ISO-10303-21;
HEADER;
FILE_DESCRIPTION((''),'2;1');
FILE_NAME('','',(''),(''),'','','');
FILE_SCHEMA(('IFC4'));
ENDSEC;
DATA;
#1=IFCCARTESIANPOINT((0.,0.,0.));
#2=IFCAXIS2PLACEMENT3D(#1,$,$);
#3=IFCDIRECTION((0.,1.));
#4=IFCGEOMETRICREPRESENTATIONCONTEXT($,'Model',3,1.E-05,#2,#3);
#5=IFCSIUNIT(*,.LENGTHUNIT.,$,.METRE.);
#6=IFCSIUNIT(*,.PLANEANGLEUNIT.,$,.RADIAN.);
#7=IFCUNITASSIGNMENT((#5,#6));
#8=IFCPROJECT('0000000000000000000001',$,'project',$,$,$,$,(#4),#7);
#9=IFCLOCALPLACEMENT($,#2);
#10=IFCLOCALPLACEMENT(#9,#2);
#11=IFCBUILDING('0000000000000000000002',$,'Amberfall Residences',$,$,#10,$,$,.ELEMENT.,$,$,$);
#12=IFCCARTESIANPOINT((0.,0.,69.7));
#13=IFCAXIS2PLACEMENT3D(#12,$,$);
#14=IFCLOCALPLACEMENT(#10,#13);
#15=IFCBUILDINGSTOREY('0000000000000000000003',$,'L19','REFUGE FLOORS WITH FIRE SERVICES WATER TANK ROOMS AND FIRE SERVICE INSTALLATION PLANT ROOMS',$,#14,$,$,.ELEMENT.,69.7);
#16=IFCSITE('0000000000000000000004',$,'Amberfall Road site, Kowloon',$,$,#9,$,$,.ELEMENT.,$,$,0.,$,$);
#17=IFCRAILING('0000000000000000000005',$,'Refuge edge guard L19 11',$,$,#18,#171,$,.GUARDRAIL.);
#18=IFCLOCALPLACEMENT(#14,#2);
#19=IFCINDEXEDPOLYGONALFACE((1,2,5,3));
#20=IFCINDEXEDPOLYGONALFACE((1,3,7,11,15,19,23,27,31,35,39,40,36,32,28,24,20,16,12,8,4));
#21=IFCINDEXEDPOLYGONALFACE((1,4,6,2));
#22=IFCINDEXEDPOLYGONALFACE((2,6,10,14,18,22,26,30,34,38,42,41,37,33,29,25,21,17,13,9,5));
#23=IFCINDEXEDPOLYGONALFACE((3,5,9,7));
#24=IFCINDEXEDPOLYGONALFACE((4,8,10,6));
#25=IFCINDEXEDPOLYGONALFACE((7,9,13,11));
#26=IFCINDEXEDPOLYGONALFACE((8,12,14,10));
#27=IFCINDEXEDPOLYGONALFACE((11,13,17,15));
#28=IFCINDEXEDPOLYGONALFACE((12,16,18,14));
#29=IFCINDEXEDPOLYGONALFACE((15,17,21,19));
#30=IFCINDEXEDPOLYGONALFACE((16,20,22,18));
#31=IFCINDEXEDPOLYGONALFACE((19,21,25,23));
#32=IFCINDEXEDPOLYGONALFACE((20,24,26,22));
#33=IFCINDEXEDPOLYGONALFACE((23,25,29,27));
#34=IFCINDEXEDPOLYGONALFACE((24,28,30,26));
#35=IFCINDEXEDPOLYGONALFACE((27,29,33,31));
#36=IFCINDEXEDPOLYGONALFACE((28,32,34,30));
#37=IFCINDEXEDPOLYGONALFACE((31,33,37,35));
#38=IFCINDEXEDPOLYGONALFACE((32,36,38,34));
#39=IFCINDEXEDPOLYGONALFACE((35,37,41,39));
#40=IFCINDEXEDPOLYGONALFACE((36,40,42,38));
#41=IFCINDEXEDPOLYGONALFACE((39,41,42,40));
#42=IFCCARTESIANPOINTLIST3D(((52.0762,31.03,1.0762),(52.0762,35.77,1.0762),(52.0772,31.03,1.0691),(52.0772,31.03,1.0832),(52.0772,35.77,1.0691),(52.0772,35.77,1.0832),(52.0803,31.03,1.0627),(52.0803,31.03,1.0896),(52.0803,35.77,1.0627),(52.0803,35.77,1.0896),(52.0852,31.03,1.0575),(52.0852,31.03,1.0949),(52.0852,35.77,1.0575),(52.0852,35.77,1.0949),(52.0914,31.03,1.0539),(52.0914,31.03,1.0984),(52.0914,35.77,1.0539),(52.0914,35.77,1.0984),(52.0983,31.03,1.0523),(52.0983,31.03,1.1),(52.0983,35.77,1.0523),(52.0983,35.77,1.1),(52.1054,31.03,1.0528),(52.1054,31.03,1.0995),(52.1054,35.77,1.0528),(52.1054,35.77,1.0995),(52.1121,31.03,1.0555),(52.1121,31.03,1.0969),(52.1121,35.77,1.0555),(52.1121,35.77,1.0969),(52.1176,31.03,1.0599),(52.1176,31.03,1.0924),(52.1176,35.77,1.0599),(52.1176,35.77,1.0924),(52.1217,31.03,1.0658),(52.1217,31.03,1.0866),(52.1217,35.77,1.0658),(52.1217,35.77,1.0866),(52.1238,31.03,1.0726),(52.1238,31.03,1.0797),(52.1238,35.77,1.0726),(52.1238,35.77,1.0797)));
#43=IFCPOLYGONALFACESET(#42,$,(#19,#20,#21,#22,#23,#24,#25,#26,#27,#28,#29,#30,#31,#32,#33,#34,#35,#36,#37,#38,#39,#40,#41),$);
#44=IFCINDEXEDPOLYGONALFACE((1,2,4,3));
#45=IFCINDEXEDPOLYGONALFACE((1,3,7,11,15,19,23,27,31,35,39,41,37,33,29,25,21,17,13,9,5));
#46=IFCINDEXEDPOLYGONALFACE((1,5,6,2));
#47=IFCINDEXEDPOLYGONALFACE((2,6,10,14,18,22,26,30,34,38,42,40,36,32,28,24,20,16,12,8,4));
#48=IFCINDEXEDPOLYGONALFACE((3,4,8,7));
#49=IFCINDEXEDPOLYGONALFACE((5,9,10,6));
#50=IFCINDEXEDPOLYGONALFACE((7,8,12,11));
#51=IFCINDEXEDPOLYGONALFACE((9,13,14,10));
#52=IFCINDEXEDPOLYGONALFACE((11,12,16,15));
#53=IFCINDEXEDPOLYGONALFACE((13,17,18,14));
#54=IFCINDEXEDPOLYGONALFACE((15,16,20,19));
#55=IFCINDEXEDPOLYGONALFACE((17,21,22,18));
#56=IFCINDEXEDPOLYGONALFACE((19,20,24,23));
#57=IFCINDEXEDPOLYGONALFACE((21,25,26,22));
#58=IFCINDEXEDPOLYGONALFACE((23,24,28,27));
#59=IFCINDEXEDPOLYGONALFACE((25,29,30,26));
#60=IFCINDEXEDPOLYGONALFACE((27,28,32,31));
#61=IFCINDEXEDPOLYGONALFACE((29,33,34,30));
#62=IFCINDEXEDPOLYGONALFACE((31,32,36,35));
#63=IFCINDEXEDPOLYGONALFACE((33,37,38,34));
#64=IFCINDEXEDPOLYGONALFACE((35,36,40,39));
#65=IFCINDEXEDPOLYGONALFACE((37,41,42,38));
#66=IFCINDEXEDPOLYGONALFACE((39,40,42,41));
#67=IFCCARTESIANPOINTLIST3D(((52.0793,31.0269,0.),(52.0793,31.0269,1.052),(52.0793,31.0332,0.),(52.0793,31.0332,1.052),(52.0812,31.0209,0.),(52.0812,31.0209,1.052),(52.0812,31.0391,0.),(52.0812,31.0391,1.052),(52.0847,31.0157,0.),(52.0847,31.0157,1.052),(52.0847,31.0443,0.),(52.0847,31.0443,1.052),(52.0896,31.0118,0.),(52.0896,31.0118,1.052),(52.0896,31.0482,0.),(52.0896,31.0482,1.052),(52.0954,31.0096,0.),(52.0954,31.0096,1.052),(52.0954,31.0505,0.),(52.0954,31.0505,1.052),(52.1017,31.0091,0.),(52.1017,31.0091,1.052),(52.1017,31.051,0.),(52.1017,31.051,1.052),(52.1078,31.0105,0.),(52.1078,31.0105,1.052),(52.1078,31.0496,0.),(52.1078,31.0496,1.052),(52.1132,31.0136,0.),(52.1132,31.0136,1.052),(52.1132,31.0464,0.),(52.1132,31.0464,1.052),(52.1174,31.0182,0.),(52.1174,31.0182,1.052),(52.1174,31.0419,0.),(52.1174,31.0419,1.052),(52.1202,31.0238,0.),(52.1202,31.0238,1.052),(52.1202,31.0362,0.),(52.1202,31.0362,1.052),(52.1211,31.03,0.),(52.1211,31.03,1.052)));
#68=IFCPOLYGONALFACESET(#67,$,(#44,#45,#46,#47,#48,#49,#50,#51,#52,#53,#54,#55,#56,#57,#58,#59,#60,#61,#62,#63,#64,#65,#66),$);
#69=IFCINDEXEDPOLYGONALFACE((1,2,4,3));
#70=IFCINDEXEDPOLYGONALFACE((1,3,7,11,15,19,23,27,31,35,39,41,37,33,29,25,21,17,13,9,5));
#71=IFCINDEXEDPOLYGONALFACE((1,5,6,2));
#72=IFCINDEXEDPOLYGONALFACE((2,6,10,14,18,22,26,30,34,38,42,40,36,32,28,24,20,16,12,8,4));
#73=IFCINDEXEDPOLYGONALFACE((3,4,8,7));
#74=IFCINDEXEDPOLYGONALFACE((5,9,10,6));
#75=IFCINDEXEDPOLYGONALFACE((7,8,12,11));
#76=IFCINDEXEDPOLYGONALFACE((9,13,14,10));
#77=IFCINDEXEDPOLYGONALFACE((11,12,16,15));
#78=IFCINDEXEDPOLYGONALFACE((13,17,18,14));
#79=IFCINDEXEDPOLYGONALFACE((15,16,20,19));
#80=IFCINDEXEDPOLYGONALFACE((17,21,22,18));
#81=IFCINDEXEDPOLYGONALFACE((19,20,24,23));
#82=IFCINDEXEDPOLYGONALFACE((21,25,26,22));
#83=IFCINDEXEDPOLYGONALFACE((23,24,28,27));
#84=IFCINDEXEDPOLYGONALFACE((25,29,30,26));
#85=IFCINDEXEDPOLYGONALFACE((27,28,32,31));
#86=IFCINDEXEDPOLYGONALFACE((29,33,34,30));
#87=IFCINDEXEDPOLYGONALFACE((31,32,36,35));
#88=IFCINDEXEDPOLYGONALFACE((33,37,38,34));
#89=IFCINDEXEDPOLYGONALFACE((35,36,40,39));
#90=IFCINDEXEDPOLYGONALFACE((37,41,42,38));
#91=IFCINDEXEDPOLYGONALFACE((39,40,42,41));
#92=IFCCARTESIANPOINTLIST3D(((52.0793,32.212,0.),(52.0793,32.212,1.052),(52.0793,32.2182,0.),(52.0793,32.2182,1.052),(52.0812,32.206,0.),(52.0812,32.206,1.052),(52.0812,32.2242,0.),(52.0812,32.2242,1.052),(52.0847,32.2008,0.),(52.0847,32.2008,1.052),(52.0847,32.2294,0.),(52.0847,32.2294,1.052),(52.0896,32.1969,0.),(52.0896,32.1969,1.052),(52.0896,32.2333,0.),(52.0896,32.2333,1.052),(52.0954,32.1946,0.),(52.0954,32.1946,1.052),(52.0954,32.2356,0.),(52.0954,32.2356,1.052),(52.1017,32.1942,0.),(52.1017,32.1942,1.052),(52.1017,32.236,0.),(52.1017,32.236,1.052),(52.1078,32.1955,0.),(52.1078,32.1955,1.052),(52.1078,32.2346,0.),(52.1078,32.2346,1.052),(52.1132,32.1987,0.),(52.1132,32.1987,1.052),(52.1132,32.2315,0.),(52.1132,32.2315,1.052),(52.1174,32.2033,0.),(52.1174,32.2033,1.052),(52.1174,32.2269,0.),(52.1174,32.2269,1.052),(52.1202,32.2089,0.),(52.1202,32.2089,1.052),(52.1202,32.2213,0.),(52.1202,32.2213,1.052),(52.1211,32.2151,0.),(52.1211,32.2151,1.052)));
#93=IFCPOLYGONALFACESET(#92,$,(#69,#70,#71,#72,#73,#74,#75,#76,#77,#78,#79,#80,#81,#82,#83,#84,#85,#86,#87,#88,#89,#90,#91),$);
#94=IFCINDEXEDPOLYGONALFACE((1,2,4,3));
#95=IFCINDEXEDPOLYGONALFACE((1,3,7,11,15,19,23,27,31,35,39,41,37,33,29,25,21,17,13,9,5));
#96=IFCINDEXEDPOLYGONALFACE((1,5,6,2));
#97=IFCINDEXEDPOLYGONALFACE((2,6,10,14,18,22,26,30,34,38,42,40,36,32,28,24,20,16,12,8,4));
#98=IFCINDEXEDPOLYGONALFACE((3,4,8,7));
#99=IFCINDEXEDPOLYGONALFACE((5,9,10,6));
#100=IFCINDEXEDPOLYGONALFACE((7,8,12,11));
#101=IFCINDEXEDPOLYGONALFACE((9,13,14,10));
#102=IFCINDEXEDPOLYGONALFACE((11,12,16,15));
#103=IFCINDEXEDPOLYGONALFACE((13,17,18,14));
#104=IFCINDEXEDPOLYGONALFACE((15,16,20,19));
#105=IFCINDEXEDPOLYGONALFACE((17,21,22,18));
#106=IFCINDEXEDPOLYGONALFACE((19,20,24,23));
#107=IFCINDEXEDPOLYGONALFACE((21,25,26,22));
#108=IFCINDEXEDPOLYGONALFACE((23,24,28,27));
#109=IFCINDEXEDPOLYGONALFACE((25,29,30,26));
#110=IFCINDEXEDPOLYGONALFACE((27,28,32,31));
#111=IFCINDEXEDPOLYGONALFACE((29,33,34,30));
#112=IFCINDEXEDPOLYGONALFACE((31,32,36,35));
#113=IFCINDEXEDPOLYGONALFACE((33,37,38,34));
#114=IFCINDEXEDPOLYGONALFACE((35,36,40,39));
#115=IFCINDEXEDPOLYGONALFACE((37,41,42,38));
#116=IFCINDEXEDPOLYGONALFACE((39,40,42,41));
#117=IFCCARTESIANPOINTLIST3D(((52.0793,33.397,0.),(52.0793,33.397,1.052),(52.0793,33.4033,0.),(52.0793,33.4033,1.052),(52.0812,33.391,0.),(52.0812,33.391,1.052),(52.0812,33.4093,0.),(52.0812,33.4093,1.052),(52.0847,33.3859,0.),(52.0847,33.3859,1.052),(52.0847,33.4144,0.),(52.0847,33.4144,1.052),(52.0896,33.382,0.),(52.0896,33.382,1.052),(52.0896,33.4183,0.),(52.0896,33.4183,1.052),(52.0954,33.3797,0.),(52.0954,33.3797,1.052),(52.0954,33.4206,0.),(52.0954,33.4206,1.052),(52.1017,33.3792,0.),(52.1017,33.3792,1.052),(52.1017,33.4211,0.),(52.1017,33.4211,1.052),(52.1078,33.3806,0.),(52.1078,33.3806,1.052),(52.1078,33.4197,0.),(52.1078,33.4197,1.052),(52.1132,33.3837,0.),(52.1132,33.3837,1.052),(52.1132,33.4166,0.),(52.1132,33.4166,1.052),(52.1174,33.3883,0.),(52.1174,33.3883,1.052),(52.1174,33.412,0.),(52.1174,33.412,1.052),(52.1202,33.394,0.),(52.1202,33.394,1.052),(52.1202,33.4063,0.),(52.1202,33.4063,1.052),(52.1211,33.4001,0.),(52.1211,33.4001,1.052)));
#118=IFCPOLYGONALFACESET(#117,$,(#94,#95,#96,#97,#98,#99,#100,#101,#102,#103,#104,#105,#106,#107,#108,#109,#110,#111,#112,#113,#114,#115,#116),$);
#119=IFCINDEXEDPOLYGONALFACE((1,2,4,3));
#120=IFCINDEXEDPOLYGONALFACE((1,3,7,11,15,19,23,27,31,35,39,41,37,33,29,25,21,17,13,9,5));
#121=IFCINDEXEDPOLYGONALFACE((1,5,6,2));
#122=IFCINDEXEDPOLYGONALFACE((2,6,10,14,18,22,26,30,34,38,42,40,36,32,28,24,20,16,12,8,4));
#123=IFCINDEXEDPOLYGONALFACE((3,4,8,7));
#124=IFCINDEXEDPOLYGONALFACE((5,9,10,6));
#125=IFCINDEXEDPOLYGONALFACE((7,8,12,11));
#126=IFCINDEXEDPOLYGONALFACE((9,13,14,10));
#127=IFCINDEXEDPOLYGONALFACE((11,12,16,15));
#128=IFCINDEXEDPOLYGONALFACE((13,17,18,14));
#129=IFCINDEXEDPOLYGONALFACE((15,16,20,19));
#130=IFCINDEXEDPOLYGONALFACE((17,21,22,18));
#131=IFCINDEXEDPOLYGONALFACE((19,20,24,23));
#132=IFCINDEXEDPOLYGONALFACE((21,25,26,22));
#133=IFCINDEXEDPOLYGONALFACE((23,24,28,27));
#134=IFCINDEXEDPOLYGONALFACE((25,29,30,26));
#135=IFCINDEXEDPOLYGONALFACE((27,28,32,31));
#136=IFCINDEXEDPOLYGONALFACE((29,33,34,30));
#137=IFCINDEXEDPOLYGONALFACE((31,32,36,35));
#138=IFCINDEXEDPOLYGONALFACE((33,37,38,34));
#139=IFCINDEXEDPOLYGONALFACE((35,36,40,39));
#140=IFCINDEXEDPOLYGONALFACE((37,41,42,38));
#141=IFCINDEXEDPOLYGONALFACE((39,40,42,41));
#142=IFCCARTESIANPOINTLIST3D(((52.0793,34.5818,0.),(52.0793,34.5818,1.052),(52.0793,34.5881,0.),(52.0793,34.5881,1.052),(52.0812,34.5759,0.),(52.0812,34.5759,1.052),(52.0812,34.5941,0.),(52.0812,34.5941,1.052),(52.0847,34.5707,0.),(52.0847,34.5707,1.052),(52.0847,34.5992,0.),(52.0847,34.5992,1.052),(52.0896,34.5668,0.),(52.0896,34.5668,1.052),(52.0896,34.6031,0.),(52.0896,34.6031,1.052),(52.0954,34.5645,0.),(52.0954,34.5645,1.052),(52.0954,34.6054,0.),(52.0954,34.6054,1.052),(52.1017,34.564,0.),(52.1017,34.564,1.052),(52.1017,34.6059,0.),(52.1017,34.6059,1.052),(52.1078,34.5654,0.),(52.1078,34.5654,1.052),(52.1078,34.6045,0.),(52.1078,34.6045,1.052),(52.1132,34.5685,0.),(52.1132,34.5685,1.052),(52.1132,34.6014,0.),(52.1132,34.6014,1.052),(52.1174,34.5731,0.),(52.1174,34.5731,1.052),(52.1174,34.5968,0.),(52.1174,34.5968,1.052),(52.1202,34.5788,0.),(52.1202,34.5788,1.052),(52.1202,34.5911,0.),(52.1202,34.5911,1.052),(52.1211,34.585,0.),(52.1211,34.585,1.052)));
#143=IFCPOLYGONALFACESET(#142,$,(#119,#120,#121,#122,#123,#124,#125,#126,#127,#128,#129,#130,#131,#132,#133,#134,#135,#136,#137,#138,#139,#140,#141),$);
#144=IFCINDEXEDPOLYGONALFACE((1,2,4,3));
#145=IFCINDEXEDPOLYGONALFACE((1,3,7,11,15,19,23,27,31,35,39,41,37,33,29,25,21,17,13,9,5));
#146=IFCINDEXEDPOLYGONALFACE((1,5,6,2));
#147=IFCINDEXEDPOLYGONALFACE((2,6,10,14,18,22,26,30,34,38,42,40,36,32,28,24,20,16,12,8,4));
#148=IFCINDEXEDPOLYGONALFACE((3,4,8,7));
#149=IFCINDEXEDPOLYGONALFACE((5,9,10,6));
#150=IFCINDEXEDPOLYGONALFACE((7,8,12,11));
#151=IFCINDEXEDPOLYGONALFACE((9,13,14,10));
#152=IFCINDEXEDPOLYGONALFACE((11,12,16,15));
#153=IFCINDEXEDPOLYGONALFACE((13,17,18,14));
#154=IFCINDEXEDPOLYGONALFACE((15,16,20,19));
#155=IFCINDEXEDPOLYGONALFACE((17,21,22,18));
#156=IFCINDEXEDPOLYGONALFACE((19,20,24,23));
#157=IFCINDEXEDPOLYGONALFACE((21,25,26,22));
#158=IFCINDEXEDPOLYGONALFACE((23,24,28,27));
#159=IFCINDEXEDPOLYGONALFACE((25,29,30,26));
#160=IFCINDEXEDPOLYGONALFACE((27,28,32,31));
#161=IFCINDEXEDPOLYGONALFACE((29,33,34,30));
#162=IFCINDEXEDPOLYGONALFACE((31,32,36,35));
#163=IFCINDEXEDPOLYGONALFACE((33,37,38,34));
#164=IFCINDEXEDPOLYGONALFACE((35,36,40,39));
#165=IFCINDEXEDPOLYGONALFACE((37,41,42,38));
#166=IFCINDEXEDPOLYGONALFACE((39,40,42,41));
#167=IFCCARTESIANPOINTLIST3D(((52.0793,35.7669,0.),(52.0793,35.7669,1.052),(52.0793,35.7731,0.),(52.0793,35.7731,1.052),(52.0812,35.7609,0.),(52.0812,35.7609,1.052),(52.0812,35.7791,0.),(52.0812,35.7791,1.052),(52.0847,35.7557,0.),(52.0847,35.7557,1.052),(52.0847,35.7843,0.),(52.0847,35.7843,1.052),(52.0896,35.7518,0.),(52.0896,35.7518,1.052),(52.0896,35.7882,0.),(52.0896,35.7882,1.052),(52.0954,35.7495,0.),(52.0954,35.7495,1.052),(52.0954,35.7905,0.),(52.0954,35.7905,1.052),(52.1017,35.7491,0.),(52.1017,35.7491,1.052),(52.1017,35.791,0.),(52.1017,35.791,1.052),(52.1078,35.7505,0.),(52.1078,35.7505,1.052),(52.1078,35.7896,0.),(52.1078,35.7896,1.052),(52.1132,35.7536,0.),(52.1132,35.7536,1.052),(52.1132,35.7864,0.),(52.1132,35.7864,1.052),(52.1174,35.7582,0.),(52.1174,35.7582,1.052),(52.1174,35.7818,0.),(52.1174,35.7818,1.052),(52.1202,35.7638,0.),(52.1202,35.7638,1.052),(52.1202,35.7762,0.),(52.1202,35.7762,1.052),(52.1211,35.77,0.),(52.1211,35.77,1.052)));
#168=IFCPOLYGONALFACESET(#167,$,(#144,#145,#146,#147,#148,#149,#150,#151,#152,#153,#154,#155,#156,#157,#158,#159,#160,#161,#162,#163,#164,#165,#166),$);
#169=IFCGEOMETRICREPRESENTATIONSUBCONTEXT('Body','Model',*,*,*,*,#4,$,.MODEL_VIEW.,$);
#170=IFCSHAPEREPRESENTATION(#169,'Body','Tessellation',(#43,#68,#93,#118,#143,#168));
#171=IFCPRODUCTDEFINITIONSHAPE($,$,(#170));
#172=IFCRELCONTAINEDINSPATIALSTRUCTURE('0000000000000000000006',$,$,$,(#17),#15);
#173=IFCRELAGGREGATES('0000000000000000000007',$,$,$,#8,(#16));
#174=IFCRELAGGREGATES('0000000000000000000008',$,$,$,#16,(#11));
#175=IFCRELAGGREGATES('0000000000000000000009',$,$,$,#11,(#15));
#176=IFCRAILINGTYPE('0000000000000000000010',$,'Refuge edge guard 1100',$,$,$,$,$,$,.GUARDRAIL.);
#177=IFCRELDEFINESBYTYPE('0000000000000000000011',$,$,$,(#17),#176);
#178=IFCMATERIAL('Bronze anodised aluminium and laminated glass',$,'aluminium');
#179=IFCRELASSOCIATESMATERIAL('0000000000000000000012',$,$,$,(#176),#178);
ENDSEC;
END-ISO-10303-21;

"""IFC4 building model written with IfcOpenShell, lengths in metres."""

from ifc_helpers import new_model, si_unit, direction, frame, origin, origin_2d, place, context, subcontext, project, spatial, circle, extrude, material, type_object, element, save


model = new_model("IFC4")

# Units and contexts
model_context = context("Model", 3, precision=1e-05, world=origin(), true_north=direction((0.0, 1.0)))
body_context = subcontext(model_context, "Body", "Model", "MODEL_VIEW")
ifc_project = project(units=[si_unit("LENGTHUNIT", "METRE"), si_unit("PLANEANGLEUNIT", "RADIAN")], contexts=[model_context])

# Site, building, storey
site_placement = place(None, origin())
site = spatial("IfcSite", under=ifc_project, at=site_placement, Name="Amberfall Road site, Kowloon", CompositionType="ELEMENT", RefElevation=0.0)
building_placement = place(site_placement, origin())
building = spatial("IfcBuilding", under=site, at=building_placement, Name="Amberfall Residences", CompositionType="ELEMENT")
storey_placement = place(building_placement, frame((0.0, 0.0, 69.7)))
storey = spatial("IfcBuildingStorey", under=building, at=storey_placement, Name="L19", Description="REFUGE FLOORS WITH FIRE SERVICES WATER TANK ROOMS AND FIRE SERVICE INSTALLATION PLANT ROOMS", CompositionType="ELEMENT", Elevation=69.7)

# Railing
ifc_material_1 = material(Name="Bronze anodised aluminium and laminated glass", Category="aluminium")
railing_type = type_object("IfcRailingType", Name="Refuge edge guard 1100", PredefinedType="GUARDRAIL", material=ifc_material_1)
for number, where, name in (
    (1, (52.1001, 31.03, 0.0), "Refuge edge guard L19 11"),
):
    element("IfcRailing", number, at=place(storey_placement, frame(where)), inside=storey, type_object=railing_type, Name=name, PredefinedType="GUARDRAIL", context=body_context, shape_type="SweptSolid", body=[
        extrude(circle(Radius=0.0239, at=origin_2d()), frame((0.0, 0.0, 1.0762), z_axis=(0.0, 1.0, 0.0), x_axis=(-1.0, 0.0, 0.0)), (0.0, 0.0, 1.0), 4.74),
        extrude(circle(Radius=0.021, at=origin_2d()), origin(), (0.0, 0.0, 1.0), 1.052),
        extrude(circle(Radius=0.021, at=origin_2d()), frame((0.0, 1.1851, 0.0)), (0.0, 0.0, 1.0), 1.052),
        extrude(circle(Radius=0.021, at=origin_2d()), frame((0.0, 2.3701, 0.0)), (0.0, 0.0, 1.0), 1.052),
        extrude(circle(Radius=0.021, at=origin_2d()), frame((0.0, 3.5549, 0.0)), (0.0, 0.0, 1.0), 1.052),
        extrude(circle(Radius=0.021, at=origin_2d()), frame((0.0, 4.74, 0.0)), (0.0, 0.0, 1.0), 1.052),
    ])

save(model, "model.ifc")
